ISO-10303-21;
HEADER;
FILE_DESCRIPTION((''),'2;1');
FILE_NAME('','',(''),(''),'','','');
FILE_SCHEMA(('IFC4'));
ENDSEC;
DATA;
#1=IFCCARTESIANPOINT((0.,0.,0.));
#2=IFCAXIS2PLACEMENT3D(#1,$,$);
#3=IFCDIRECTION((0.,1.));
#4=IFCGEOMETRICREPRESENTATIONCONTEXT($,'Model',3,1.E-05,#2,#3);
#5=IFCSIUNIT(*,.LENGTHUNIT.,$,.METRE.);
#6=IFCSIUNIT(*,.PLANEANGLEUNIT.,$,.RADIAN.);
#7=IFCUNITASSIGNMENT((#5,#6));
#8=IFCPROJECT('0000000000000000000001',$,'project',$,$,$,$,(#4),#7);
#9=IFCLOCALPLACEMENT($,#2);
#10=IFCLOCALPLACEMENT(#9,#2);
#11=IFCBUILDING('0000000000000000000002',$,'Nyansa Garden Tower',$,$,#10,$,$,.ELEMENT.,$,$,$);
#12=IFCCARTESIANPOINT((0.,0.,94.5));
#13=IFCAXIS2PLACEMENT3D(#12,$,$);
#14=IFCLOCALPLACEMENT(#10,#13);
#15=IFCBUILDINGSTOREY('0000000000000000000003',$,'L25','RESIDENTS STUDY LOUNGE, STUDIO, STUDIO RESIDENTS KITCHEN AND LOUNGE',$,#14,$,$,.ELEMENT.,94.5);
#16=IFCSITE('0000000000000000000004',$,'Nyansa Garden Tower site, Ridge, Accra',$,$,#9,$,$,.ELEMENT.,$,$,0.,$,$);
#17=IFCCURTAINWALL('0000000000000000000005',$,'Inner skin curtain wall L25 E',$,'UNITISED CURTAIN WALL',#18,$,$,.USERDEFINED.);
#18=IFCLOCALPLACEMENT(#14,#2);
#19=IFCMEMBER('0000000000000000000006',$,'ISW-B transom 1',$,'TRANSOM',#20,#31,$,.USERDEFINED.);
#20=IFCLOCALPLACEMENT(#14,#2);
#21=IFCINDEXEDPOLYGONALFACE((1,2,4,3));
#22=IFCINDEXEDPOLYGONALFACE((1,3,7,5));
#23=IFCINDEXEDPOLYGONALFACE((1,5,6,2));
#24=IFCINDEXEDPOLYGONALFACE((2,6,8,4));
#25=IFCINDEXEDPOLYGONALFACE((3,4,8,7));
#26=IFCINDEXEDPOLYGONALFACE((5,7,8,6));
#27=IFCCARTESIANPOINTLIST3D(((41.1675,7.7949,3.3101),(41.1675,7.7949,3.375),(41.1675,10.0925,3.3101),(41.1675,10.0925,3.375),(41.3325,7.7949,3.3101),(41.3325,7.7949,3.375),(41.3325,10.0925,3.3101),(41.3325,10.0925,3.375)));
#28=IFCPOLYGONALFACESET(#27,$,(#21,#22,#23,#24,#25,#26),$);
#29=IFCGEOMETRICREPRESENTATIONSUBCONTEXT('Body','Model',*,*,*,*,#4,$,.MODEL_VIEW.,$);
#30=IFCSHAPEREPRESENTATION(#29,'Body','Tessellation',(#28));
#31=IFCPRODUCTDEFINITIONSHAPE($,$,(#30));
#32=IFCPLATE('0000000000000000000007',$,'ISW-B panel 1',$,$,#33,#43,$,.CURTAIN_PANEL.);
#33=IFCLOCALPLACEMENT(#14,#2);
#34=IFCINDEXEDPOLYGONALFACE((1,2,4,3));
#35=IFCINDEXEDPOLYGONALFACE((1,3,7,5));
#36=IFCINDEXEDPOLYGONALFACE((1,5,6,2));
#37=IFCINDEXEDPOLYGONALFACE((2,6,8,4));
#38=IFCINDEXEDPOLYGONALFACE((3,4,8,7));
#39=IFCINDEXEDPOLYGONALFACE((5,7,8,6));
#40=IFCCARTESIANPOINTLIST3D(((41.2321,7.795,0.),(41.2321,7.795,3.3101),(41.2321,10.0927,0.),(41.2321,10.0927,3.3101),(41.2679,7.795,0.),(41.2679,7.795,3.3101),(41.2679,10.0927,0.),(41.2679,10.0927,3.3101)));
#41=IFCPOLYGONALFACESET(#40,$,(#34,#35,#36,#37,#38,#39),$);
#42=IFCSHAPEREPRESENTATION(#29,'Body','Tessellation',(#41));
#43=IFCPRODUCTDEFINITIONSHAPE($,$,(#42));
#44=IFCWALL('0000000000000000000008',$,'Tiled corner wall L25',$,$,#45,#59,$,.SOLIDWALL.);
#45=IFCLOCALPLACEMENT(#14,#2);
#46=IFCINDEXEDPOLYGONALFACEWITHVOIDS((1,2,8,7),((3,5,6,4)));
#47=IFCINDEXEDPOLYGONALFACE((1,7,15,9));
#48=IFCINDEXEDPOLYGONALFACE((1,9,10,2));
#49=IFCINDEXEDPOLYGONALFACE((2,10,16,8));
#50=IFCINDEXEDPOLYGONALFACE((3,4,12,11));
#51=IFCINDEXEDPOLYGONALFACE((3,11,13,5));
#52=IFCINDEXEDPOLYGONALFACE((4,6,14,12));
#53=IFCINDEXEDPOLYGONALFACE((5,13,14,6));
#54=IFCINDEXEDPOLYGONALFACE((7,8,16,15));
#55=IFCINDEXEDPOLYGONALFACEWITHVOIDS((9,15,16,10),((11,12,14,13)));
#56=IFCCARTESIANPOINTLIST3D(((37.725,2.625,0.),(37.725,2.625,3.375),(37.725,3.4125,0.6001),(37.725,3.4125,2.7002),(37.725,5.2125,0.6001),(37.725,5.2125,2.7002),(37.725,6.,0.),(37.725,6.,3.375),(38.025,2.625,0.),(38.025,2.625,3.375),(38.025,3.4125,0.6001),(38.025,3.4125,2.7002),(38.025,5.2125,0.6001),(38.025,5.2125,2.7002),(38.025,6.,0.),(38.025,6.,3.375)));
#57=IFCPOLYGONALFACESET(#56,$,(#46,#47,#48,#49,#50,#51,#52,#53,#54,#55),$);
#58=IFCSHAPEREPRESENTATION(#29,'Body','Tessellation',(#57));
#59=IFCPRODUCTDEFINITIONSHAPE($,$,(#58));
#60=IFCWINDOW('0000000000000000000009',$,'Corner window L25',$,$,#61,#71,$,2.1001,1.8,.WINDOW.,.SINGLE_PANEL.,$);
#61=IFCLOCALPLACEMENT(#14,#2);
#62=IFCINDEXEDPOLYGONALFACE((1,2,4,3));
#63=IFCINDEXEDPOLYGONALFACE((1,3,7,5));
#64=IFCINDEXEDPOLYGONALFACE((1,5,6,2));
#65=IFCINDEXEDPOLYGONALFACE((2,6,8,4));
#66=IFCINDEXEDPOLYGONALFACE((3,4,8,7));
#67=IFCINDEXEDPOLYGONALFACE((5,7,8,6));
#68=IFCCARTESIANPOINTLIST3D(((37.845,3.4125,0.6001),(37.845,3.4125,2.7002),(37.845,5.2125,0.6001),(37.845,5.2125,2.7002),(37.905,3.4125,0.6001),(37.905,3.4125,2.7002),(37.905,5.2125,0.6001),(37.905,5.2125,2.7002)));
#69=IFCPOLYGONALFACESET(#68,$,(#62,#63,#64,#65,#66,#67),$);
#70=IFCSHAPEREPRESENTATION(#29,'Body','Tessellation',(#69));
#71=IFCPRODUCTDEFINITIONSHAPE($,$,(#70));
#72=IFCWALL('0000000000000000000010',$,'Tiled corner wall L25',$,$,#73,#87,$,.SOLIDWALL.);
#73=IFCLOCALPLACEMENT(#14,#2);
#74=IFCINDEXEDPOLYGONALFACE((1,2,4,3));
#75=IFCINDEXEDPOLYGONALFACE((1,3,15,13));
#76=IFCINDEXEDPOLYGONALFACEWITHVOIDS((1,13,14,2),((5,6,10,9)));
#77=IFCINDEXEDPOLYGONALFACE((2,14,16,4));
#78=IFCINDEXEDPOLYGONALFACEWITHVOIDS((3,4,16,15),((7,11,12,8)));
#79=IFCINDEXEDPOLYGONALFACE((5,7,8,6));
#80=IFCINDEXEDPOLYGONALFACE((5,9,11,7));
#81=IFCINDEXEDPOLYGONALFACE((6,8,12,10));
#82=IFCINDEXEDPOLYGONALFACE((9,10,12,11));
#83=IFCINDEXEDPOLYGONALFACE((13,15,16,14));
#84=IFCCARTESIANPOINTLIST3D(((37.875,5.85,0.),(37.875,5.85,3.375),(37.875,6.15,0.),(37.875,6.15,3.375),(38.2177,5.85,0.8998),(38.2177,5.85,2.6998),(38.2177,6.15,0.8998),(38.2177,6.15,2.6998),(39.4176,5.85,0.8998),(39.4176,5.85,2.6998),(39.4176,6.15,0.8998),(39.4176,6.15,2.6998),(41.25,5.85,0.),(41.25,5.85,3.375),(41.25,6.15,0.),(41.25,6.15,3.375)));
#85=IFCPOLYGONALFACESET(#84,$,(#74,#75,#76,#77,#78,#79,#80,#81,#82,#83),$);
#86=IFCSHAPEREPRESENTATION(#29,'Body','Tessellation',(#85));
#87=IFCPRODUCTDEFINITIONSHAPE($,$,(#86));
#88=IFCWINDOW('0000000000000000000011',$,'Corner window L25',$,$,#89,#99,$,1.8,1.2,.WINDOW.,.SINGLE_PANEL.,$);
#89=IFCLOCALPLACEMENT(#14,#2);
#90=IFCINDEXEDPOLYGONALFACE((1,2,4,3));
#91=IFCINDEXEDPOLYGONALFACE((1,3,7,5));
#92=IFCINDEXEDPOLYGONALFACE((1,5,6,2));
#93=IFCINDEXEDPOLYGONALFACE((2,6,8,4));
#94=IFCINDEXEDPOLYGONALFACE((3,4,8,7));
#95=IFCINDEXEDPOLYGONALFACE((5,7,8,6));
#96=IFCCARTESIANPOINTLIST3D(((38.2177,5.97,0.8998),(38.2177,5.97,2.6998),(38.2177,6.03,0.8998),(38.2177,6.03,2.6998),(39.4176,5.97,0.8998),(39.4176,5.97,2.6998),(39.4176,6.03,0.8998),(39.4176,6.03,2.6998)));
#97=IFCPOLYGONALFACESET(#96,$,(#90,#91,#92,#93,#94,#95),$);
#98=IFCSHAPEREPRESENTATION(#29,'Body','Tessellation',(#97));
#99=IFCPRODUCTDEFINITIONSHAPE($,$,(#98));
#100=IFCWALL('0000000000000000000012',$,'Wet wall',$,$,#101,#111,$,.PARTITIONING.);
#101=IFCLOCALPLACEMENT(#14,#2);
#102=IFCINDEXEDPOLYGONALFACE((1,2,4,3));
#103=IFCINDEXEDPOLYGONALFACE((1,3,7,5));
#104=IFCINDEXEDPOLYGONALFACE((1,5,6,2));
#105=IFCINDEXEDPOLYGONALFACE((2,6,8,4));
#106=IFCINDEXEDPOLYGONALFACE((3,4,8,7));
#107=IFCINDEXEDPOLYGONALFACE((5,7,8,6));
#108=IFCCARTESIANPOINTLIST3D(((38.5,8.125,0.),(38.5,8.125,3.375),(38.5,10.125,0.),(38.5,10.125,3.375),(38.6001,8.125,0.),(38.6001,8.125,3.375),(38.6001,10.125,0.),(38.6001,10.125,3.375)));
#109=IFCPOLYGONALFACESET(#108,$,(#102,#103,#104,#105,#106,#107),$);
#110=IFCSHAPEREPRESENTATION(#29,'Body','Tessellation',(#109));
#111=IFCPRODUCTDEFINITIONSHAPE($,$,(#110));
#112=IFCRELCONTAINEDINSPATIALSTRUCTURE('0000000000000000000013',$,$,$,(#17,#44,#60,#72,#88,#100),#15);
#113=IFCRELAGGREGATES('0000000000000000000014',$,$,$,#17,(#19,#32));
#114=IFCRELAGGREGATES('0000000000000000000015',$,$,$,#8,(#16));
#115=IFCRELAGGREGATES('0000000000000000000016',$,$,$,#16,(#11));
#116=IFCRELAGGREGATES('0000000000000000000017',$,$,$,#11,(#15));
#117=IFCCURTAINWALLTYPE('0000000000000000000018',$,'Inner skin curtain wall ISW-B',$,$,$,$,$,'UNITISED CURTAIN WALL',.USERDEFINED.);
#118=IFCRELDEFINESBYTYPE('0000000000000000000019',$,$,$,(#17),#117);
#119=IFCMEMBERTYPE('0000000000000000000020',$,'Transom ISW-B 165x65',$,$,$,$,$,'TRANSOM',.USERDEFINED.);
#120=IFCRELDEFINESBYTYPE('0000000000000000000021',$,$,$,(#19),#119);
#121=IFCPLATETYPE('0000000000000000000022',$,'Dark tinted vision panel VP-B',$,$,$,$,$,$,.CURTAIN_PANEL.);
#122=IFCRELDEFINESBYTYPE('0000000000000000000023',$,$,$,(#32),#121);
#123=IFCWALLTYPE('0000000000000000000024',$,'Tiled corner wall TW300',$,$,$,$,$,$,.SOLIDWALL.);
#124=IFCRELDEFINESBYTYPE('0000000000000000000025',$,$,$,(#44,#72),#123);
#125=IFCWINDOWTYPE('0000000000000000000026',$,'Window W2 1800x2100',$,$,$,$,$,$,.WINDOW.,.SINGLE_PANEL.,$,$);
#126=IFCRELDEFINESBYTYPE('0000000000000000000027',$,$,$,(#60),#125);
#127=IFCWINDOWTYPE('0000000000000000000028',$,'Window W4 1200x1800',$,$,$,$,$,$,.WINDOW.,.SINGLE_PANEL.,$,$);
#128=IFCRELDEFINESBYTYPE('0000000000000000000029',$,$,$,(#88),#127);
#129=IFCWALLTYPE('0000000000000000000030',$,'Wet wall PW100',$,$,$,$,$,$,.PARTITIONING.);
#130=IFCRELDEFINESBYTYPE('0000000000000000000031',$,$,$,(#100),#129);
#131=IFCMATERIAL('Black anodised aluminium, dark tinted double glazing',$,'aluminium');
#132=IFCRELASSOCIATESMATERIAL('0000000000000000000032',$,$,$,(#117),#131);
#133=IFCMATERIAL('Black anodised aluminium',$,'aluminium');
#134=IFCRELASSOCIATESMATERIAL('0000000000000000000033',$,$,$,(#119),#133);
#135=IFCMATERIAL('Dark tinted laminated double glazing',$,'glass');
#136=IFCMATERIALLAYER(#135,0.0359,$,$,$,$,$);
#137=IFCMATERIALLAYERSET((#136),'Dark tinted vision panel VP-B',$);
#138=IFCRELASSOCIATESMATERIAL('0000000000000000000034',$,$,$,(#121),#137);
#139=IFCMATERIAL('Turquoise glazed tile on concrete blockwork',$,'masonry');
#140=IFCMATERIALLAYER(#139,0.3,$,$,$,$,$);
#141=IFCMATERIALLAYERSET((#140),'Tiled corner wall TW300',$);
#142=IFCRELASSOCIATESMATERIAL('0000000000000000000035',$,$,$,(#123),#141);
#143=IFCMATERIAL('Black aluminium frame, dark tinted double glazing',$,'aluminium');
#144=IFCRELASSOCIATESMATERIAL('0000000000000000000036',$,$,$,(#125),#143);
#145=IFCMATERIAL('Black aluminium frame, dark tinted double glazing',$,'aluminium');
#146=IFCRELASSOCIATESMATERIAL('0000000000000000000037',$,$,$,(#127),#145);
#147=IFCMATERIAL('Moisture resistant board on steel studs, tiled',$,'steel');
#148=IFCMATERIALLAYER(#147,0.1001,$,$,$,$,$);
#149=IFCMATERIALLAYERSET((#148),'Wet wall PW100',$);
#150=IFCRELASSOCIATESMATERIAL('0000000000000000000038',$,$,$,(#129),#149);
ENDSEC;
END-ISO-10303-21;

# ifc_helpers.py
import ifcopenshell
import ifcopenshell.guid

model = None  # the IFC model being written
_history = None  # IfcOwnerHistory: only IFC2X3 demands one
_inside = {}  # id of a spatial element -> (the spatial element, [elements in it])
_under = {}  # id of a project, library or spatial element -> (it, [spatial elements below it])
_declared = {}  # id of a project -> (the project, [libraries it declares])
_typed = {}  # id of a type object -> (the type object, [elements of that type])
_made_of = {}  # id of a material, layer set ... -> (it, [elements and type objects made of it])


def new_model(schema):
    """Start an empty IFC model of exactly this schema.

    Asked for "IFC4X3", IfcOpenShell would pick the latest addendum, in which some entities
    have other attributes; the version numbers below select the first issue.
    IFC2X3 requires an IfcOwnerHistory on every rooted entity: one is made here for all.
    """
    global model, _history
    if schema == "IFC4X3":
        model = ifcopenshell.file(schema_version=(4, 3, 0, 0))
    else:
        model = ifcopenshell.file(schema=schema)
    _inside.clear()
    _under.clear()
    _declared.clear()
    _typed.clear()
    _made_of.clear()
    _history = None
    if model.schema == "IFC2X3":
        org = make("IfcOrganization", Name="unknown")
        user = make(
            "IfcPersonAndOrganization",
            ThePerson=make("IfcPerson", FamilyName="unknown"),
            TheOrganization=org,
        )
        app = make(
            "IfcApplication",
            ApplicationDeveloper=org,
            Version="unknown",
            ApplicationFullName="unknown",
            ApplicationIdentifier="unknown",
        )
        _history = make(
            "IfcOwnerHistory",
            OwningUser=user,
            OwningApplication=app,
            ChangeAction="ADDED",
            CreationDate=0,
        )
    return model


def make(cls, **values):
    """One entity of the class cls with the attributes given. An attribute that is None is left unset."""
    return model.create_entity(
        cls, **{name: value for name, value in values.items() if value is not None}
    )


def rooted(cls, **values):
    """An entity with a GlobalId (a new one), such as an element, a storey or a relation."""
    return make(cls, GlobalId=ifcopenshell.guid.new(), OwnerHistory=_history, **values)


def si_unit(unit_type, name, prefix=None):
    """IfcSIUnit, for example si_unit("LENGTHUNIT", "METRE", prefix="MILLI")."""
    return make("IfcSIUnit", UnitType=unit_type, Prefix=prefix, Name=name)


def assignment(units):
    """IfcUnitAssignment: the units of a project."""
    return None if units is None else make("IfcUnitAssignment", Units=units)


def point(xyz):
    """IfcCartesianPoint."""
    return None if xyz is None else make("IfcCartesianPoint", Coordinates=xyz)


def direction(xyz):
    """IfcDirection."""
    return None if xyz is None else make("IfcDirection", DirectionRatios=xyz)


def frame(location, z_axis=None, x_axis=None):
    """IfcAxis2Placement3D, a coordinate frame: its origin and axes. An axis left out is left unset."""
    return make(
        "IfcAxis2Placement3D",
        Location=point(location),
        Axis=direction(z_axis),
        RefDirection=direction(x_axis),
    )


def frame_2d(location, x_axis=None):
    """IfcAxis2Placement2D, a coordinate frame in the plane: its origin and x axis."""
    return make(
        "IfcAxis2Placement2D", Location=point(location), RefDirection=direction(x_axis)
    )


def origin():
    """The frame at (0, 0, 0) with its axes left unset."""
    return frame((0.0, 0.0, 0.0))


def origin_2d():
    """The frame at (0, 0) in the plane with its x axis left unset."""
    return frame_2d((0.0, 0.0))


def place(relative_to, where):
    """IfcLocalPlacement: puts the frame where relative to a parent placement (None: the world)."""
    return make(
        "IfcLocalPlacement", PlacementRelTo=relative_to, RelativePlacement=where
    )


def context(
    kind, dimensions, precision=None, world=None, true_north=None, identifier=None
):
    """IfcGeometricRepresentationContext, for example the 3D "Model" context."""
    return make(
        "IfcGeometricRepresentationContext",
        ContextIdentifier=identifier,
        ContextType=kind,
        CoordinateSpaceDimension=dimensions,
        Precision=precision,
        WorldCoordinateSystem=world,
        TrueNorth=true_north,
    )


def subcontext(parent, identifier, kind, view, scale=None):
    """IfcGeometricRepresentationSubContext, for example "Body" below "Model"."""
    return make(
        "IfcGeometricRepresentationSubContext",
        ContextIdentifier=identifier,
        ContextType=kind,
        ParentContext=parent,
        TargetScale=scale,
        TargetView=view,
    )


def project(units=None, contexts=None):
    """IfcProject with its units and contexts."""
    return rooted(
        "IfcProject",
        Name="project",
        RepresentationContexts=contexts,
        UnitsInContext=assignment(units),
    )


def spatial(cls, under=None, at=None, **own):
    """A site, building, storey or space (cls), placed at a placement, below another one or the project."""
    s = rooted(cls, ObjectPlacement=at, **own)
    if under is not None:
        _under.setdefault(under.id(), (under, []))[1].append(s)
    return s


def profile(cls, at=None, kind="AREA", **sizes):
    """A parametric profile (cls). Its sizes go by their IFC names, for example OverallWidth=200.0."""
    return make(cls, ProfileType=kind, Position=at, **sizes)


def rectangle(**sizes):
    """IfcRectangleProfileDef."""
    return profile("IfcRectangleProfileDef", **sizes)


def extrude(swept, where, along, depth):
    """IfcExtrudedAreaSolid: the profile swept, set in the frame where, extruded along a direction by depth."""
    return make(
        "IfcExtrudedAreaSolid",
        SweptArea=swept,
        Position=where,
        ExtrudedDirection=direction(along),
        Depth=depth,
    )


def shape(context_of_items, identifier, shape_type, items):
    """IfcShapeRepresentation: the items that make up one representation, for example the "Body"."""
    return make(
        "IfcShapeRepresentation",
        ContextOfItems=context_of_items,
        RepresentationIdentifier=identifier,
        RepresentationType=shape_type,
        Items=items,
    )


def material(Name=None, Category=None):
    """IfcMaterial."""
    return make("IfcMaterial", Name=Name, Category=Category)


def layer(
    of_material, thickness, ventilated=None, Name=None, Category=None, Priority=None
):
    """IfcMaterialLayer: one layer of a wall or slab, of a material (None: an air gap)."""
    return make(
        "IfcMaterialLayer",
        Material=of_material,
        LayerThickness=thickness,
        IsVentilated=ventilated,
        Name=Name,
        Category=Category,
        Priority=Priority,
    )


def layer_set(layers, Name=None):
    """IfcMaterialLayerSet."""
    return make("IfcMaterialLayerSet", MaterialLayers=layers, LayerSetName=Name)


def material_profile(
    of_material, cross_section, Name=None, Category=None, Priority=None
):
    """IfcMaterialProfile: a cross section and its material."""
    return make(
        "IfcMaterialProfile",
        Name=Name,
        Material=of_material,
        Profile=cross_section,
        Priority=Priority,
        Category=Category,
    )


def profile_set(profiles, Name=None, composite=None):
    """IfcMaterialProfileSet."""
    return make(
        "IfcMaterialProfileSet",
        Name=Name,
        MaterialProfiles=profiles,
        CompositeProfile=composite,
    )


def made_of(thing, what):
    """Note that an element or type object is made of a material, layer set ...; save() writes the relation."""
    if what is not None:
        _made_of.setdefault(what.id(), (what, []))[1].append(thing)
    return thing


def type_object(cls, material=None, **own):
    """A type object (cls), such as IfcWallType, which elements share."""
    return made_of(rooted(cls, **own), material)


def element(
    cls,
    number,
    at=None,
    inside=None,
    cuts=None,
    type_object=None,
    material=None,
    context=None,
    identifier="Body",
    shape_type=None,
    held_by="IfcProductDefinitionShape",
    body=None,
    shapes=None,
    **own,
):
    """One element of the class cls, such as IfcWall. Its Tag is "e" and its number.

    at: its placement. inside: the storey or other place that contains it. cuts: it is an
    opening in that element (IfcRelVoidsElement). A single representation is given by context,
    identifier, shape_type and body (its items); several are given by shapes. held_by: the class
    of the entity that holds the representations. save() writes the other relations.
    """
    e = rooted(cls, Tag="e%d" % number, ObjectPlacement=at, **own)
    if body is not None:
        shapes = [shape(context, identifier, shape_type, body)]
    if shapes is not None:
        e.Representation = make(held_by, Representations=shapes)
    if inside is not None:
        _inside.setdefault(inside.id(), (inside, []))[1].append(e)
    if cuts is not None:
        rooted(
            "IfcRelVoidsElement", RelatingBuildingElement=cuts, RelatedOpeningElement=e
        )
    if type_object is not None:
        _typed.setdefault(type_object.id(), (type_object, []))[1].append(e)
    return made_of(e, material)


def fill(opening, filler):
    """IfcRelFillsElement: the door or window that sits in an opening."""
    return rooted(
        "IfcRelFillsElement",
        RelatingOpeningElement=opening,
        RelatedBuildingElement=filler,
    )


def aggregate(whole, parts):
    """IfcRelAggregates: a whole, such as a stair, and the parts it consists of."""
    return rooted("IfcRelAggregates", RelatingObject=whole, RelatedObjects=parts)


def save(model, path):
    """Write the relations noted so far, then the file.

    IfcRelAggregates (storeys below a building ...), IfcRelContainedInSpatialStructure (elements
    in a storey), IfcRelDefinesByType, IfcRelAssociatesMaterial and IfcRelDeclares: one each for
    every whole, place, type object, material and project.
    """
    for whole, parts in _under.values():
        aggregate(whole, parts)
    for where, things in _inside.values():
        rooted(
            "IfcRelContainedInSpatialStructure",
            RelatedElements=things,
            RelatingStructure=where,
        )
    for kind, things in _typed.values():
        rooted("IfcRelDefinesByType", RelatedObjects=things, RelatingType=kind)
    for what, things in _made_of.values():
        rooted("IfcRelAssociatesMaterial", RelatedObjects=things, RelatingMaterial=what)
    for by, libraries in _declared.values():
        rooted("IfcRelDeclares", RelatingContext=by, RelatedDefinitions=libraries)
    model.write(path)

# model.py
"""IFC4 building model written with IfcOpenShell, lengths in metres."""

from ifc_helpers import new_model, si_unit, direction, frame, frame_2d, origin, origin_2d, place, context, subcontext, project, spatial, rectangle, extrude, material, layer, layer_set, material_profile, profile_set, type_object, element, fill, aggregate, save


model = new_model("IFC4")

# Units and contexts
model_context = context("Model", 3, precision=1e-05, world=origin(), true_north=direction((0.0, 1.0)))
body_context = subcontext(model_context, "Body", "Model", "MODEL_VIEW")
ifc_project = project(units=[si_unit("LENGTHUNIT", "METRE"), si_unit("PLANEANGLEUNIT", "RADIAN")], contexts=[model_context])

# Site, building, storey
site_placement = place(None, origin())
site = spatial("IfcSite", under=ifc_project, at=site_placement, Name="Nyansa Garden Tower site, Ridge, Accra", CompositionType="ELEMENT", RefElevation=0.0)
building_placement = place(site_placement, origin())
building = spatial("IfcBuilding", under=site, at=building_placement, Name="Nyansa Garden Tower", CompositionType="ELEMENT")
storey_placement = place(building_placement, frame((0.0, 0.0, 94.5)))
storey = spatial("IfcBuildingStorey", under=building, at=storey_placement, Name="L25", Description="RESIDENTS STUDY LOUNGE, STUDIO, STUDIO RESIDENTS KITCHEN AND LOUNGE", CompositionType="ELEMENT", Elevation=94.5)

# Curtain wall
ifc_material_1 = material(Name="Black anodised aluminium, dark tinted double glazing", Category="aluminium")
curtain_wall_type = type_object("IfcCurtainWallType", Name="Inner skin curtain wall ISW-B", ElementType="UNITISED CURTAIN WALL", PredefinedType="USERDEFINED", material=ifc_material_1)
curtain_wall_placement = place(storey_placement, origin())
curtain_wall = element("IfcCurtainWall", 1, at=curtain_wall_placement, inside=storey, type_object=curtain_wall_type, Name="Inner skin curtain wall L25 E", ObjectType="UNITISED CURTAIN WALL", PredefinedType="USERDEFINED")

# Member
ifc_material_2 = material(Name="Black anodised aluminium", Category="aluminium")
ifc_material_profile_1 = material_profile(ifc_material_2, rectangle(XDim=0.165, YDim=0.0649, at=origin_2d()), Name="Transom 165x65")
ifc_profile_set_1 = profile_set([ifc_material_profile_1], Name="Black anodised aluminium")
member_type_1 = type_object("IfcMemberType", Name="Transom ISW-B 165x65", ElementType="TRANSOM", PredefinedType="USERDEFINED", material=ifc_profile_set_1)
member_1_placement = place(storey_placement, frame((41.25, 7.7949, 3.3425), z_axis=(0.0, 1.0, 0.0), x_axis=(-1.0, 0.0, 0.0)))
member_1 = element("IfcMember", 2, at=member_1_placement, type_object=member_type_1, Name="ISW-B transom 1", ObjectType="TRANSOM", PredefinedType="USERDEFINED", context=body_context, shape_type="SweptSolid", body=[
    extrude(rectangle(XDim=0.165, YDim=0.0649, at=origin_2d()), origin(), (0.0, 0.0, 1.0), 2.2976),
])

# Plate
ifc_material_3 = material(Name="Dark tinted laminated double glazing", Category="glass")
ifc_layer_1 = layer(ifc_material_3, 0.0359)
ifc_layer_set_1 = layer_set([ifc_layer_1], Name="Dark tinted vision panel VP-B")
plate_type = type_object("IfcPlateType", Name="Dark tinted vision panel VP-B", PredefinedType="CURTAIN_PANEL", material=ifc_layer_set_1)
plate_placement = place(storey_placement, frame((41.25, 8.9438, 0.0), z_axis=(0.0, 0.0, 1.0), x_axis=(0.0, 1.0, 0.0)))
plate = element("IfcPlate", 3, at=plate_placement, type_object=plate_type, Name="ISW-B panel 1", PredefinedType="CURTAIN_PANEL", context=body_context, shape_type="SweptSolid", body=[
    extrude(rectangle(XDim=2.2976, YDim=0.0359, at=origin_2d()), origin(), (0.0, 0.0, 1.0), 3.3101),
])
aggregate(curtain_wall, [member_1, plate])

# Walls, openings, windows
ifc_material_4 = material(Name="Turquoise glazed tile on concrete blockwork", Category="masonry")
ifc_layer_2 = layer(ifc_material_4, 0.3)
ifc_layer_set_2 = layer_set([ifc_layer_2], Name="Tiled corner wall TW300")
wall_type_1 = type_object("IfcWallType", Name="Tiled corner wall TW300", PredefinedType="SOLIDWALL", material=ifc_layer_set_2)
wall_1_placement = place(storey_placement, frame((37.875, 2.625, 0.0), z_axis=(0.0, 0.0, 1.0), x_axis=(0.0, 1.0, 0.0)))
wall_1 = element("IfcWall", 4, at=wall_1_placement, inside=storey, type_object=wall_type_1, Name="Tiled corner wall L25", PredefinedType="SOLIDWALL", context=body_context, shape_type="SweptSolid", body=[
    extrude(rectangle(XDim=3.375, YDim=0.3, at=frame_2d((1.6875, 0.0))), origin(), (0.0, 0.0, 1.0), 3.375),
])
opening_1_placement = place(wall_1_placement, frame((0.7876, 0.0, 0.6001)))
opening_1 = element("IfcOpeningElement", 5, at=opening_1_placement, cuts=wall_1, PredefinedType="OPENING", context=body_context, shape_type="SweptSolid", body=[
    extrude(rectangle(XDim=1.8, YDim=2.1001, at=frame_2d((0.8999, 1.05))), frame((0.0, 0.1599, 0.0), z_axis=(0.0, -1.0, 0.0), x_axis=(1.0, 0.0, 0.0)), (0.0, 0.0, 1.0), 0.3201),
])
ifc_material_5 = material(Name="Black aluminium frame, dark tinted double glazing", Category="aluminium")
window_type_1 = type_object("IfcWindowType", Name="Window W2 1800x2100", PartitioningType="SINGLE_PANEL", PredefinedType="WINDOW", material=ifc_material_5)
window_1_placement = place(opening_1_placement, origin())
window_1 = element("IfcWindow", 6, at=window_1_placement, inside=storey, type_object=window_type_1, Name="Corner window L25", OverallHeight=2.1001, OverallWidth=1.8, PartitioningType="SINGLE_PANEL", PredefinedType="WINDOW", context=body_context, shape_type="SweptSolid", body=[
    extrude(rectangle(XDim=1.8, YDim=2.1001, at=frame_2d((0.8999, 1.05))), frame((0.0, 0.03, 0.0), z_axis=(0.0, -1.0, 0.0), x_axis=(1.0, 0.0, 0.0)), (0.0, 0.0, 1.0), 0.0601),
])
fill(opening_1, window_1)
wall_2_placement = place(storey_placement, frame((37.875, 6.0, 0.0), z_axis=(0.0, 0.0, 1.0), x_axis=(1.0, 0.0, 0.0)))
wall_2 = element("IfcWall", 7, at=wall_2_placement, inside=storey, type_object=wall_type_1, Name="Tiled corner wall L25", PredefinedType="SOLIDWALL", context=body_context, shape_type="SweptSolid", body=[
    extrude(rectangle(XDim=3.375, YDim=0.3, at=frame_2d((1.6875, 0.0))), origin(), (0.0, 0.0, 1.0), 3.375),
])
opening_2_placement = place(wall_2_placement, frame((0.3425, 0.0, 0.8999)))
opening_2 = element("IfcOpeningElement", 8, at=opening_2_placement, cuts=wall_2, PredefinedType="OPENING", context=body_context, shape_type="SweptSolid", body=[
    extrude(rectangle(XDim=1.2, YDim=1.8, at=frame_2d((0.6001, 0.8999))), frame((0.0, 0.1599, 0.0), z_axis=(0.0, -1.0, 0.0), x_axis=(1.0, 0.0, 0.0)), (0.0, 0.0, 1.0), 0.3201),
])
ifc_material_6 = material(Name="Black aluminium frame, dark tinted double glazing", Category="aluminium")
window_type_2 = type_object("IfcWindowType", Name="Window W4 1200x1800", PartitioningType="SINGLE_PANEL", PredefinedType="WINDOW", material=ifc_material_6)
window_2_placement = place(opening_2_placement, origin())
window_2 = element("IfcWindow", 9, at=window_2_placement, inside=storey, type_object=window_type_2, Name="Corner window L25", OverallHeight=1.8, OverallWidth=1.2, PartitioningType="SINGLE_PANEL", PredefinedType="WINDOW", context=body_context, shape_type="SweptSolid", body=[
    extrude(rectangle(XDim=1.2, YDim=1.8, at=frame_2d((0.6001, 0.8999))), frame((0.0, 0.03, 0.0), z_axis=(0.0, -1.0, 0.0), x_axis=(1.0, 0.0, 0.0)), (0.0, 0.0, 1.0), 0.0601),
])
fill(opening_2, window_2)

# Wall
ifc_material_7 = material(Name="Moisture resistant board on steel studs, tiled", Category="steel")
ifc_layer_3 = layer(ifc_material_7, 0.1001)
ifc_layer_set_3 = layer_set([ifc_layer_3], Name="Wet wall PW100")
wall_type_2 = type_object("IfcWallType", Name="Wet wall PW100", PredefinedType="PARTITIONING", material=ifc_layer_set_3)
wall_3_placement = place(storey_placement, frame((38.55, 8.125, 0.0), z_axis=(0.0, 0.0, 1.0), x_axis=(0.0, 1.0, 0.0)))
element("IfcWall", 10, at=wall_3_placement, inside=storey, type_object=wall_type_2, Name="Wet wall", PredefinedType="PARTITIONING", context=body_context, shape_type="SweptSolid", body=[
    extrude(rectangle(XDim=2.0, YDim=0.1001, at=frame_2d((1.0, 0.0))), origin(), (0.0, 0.0, 1.0), 3.375),
])

save(model, "model.ifc")
